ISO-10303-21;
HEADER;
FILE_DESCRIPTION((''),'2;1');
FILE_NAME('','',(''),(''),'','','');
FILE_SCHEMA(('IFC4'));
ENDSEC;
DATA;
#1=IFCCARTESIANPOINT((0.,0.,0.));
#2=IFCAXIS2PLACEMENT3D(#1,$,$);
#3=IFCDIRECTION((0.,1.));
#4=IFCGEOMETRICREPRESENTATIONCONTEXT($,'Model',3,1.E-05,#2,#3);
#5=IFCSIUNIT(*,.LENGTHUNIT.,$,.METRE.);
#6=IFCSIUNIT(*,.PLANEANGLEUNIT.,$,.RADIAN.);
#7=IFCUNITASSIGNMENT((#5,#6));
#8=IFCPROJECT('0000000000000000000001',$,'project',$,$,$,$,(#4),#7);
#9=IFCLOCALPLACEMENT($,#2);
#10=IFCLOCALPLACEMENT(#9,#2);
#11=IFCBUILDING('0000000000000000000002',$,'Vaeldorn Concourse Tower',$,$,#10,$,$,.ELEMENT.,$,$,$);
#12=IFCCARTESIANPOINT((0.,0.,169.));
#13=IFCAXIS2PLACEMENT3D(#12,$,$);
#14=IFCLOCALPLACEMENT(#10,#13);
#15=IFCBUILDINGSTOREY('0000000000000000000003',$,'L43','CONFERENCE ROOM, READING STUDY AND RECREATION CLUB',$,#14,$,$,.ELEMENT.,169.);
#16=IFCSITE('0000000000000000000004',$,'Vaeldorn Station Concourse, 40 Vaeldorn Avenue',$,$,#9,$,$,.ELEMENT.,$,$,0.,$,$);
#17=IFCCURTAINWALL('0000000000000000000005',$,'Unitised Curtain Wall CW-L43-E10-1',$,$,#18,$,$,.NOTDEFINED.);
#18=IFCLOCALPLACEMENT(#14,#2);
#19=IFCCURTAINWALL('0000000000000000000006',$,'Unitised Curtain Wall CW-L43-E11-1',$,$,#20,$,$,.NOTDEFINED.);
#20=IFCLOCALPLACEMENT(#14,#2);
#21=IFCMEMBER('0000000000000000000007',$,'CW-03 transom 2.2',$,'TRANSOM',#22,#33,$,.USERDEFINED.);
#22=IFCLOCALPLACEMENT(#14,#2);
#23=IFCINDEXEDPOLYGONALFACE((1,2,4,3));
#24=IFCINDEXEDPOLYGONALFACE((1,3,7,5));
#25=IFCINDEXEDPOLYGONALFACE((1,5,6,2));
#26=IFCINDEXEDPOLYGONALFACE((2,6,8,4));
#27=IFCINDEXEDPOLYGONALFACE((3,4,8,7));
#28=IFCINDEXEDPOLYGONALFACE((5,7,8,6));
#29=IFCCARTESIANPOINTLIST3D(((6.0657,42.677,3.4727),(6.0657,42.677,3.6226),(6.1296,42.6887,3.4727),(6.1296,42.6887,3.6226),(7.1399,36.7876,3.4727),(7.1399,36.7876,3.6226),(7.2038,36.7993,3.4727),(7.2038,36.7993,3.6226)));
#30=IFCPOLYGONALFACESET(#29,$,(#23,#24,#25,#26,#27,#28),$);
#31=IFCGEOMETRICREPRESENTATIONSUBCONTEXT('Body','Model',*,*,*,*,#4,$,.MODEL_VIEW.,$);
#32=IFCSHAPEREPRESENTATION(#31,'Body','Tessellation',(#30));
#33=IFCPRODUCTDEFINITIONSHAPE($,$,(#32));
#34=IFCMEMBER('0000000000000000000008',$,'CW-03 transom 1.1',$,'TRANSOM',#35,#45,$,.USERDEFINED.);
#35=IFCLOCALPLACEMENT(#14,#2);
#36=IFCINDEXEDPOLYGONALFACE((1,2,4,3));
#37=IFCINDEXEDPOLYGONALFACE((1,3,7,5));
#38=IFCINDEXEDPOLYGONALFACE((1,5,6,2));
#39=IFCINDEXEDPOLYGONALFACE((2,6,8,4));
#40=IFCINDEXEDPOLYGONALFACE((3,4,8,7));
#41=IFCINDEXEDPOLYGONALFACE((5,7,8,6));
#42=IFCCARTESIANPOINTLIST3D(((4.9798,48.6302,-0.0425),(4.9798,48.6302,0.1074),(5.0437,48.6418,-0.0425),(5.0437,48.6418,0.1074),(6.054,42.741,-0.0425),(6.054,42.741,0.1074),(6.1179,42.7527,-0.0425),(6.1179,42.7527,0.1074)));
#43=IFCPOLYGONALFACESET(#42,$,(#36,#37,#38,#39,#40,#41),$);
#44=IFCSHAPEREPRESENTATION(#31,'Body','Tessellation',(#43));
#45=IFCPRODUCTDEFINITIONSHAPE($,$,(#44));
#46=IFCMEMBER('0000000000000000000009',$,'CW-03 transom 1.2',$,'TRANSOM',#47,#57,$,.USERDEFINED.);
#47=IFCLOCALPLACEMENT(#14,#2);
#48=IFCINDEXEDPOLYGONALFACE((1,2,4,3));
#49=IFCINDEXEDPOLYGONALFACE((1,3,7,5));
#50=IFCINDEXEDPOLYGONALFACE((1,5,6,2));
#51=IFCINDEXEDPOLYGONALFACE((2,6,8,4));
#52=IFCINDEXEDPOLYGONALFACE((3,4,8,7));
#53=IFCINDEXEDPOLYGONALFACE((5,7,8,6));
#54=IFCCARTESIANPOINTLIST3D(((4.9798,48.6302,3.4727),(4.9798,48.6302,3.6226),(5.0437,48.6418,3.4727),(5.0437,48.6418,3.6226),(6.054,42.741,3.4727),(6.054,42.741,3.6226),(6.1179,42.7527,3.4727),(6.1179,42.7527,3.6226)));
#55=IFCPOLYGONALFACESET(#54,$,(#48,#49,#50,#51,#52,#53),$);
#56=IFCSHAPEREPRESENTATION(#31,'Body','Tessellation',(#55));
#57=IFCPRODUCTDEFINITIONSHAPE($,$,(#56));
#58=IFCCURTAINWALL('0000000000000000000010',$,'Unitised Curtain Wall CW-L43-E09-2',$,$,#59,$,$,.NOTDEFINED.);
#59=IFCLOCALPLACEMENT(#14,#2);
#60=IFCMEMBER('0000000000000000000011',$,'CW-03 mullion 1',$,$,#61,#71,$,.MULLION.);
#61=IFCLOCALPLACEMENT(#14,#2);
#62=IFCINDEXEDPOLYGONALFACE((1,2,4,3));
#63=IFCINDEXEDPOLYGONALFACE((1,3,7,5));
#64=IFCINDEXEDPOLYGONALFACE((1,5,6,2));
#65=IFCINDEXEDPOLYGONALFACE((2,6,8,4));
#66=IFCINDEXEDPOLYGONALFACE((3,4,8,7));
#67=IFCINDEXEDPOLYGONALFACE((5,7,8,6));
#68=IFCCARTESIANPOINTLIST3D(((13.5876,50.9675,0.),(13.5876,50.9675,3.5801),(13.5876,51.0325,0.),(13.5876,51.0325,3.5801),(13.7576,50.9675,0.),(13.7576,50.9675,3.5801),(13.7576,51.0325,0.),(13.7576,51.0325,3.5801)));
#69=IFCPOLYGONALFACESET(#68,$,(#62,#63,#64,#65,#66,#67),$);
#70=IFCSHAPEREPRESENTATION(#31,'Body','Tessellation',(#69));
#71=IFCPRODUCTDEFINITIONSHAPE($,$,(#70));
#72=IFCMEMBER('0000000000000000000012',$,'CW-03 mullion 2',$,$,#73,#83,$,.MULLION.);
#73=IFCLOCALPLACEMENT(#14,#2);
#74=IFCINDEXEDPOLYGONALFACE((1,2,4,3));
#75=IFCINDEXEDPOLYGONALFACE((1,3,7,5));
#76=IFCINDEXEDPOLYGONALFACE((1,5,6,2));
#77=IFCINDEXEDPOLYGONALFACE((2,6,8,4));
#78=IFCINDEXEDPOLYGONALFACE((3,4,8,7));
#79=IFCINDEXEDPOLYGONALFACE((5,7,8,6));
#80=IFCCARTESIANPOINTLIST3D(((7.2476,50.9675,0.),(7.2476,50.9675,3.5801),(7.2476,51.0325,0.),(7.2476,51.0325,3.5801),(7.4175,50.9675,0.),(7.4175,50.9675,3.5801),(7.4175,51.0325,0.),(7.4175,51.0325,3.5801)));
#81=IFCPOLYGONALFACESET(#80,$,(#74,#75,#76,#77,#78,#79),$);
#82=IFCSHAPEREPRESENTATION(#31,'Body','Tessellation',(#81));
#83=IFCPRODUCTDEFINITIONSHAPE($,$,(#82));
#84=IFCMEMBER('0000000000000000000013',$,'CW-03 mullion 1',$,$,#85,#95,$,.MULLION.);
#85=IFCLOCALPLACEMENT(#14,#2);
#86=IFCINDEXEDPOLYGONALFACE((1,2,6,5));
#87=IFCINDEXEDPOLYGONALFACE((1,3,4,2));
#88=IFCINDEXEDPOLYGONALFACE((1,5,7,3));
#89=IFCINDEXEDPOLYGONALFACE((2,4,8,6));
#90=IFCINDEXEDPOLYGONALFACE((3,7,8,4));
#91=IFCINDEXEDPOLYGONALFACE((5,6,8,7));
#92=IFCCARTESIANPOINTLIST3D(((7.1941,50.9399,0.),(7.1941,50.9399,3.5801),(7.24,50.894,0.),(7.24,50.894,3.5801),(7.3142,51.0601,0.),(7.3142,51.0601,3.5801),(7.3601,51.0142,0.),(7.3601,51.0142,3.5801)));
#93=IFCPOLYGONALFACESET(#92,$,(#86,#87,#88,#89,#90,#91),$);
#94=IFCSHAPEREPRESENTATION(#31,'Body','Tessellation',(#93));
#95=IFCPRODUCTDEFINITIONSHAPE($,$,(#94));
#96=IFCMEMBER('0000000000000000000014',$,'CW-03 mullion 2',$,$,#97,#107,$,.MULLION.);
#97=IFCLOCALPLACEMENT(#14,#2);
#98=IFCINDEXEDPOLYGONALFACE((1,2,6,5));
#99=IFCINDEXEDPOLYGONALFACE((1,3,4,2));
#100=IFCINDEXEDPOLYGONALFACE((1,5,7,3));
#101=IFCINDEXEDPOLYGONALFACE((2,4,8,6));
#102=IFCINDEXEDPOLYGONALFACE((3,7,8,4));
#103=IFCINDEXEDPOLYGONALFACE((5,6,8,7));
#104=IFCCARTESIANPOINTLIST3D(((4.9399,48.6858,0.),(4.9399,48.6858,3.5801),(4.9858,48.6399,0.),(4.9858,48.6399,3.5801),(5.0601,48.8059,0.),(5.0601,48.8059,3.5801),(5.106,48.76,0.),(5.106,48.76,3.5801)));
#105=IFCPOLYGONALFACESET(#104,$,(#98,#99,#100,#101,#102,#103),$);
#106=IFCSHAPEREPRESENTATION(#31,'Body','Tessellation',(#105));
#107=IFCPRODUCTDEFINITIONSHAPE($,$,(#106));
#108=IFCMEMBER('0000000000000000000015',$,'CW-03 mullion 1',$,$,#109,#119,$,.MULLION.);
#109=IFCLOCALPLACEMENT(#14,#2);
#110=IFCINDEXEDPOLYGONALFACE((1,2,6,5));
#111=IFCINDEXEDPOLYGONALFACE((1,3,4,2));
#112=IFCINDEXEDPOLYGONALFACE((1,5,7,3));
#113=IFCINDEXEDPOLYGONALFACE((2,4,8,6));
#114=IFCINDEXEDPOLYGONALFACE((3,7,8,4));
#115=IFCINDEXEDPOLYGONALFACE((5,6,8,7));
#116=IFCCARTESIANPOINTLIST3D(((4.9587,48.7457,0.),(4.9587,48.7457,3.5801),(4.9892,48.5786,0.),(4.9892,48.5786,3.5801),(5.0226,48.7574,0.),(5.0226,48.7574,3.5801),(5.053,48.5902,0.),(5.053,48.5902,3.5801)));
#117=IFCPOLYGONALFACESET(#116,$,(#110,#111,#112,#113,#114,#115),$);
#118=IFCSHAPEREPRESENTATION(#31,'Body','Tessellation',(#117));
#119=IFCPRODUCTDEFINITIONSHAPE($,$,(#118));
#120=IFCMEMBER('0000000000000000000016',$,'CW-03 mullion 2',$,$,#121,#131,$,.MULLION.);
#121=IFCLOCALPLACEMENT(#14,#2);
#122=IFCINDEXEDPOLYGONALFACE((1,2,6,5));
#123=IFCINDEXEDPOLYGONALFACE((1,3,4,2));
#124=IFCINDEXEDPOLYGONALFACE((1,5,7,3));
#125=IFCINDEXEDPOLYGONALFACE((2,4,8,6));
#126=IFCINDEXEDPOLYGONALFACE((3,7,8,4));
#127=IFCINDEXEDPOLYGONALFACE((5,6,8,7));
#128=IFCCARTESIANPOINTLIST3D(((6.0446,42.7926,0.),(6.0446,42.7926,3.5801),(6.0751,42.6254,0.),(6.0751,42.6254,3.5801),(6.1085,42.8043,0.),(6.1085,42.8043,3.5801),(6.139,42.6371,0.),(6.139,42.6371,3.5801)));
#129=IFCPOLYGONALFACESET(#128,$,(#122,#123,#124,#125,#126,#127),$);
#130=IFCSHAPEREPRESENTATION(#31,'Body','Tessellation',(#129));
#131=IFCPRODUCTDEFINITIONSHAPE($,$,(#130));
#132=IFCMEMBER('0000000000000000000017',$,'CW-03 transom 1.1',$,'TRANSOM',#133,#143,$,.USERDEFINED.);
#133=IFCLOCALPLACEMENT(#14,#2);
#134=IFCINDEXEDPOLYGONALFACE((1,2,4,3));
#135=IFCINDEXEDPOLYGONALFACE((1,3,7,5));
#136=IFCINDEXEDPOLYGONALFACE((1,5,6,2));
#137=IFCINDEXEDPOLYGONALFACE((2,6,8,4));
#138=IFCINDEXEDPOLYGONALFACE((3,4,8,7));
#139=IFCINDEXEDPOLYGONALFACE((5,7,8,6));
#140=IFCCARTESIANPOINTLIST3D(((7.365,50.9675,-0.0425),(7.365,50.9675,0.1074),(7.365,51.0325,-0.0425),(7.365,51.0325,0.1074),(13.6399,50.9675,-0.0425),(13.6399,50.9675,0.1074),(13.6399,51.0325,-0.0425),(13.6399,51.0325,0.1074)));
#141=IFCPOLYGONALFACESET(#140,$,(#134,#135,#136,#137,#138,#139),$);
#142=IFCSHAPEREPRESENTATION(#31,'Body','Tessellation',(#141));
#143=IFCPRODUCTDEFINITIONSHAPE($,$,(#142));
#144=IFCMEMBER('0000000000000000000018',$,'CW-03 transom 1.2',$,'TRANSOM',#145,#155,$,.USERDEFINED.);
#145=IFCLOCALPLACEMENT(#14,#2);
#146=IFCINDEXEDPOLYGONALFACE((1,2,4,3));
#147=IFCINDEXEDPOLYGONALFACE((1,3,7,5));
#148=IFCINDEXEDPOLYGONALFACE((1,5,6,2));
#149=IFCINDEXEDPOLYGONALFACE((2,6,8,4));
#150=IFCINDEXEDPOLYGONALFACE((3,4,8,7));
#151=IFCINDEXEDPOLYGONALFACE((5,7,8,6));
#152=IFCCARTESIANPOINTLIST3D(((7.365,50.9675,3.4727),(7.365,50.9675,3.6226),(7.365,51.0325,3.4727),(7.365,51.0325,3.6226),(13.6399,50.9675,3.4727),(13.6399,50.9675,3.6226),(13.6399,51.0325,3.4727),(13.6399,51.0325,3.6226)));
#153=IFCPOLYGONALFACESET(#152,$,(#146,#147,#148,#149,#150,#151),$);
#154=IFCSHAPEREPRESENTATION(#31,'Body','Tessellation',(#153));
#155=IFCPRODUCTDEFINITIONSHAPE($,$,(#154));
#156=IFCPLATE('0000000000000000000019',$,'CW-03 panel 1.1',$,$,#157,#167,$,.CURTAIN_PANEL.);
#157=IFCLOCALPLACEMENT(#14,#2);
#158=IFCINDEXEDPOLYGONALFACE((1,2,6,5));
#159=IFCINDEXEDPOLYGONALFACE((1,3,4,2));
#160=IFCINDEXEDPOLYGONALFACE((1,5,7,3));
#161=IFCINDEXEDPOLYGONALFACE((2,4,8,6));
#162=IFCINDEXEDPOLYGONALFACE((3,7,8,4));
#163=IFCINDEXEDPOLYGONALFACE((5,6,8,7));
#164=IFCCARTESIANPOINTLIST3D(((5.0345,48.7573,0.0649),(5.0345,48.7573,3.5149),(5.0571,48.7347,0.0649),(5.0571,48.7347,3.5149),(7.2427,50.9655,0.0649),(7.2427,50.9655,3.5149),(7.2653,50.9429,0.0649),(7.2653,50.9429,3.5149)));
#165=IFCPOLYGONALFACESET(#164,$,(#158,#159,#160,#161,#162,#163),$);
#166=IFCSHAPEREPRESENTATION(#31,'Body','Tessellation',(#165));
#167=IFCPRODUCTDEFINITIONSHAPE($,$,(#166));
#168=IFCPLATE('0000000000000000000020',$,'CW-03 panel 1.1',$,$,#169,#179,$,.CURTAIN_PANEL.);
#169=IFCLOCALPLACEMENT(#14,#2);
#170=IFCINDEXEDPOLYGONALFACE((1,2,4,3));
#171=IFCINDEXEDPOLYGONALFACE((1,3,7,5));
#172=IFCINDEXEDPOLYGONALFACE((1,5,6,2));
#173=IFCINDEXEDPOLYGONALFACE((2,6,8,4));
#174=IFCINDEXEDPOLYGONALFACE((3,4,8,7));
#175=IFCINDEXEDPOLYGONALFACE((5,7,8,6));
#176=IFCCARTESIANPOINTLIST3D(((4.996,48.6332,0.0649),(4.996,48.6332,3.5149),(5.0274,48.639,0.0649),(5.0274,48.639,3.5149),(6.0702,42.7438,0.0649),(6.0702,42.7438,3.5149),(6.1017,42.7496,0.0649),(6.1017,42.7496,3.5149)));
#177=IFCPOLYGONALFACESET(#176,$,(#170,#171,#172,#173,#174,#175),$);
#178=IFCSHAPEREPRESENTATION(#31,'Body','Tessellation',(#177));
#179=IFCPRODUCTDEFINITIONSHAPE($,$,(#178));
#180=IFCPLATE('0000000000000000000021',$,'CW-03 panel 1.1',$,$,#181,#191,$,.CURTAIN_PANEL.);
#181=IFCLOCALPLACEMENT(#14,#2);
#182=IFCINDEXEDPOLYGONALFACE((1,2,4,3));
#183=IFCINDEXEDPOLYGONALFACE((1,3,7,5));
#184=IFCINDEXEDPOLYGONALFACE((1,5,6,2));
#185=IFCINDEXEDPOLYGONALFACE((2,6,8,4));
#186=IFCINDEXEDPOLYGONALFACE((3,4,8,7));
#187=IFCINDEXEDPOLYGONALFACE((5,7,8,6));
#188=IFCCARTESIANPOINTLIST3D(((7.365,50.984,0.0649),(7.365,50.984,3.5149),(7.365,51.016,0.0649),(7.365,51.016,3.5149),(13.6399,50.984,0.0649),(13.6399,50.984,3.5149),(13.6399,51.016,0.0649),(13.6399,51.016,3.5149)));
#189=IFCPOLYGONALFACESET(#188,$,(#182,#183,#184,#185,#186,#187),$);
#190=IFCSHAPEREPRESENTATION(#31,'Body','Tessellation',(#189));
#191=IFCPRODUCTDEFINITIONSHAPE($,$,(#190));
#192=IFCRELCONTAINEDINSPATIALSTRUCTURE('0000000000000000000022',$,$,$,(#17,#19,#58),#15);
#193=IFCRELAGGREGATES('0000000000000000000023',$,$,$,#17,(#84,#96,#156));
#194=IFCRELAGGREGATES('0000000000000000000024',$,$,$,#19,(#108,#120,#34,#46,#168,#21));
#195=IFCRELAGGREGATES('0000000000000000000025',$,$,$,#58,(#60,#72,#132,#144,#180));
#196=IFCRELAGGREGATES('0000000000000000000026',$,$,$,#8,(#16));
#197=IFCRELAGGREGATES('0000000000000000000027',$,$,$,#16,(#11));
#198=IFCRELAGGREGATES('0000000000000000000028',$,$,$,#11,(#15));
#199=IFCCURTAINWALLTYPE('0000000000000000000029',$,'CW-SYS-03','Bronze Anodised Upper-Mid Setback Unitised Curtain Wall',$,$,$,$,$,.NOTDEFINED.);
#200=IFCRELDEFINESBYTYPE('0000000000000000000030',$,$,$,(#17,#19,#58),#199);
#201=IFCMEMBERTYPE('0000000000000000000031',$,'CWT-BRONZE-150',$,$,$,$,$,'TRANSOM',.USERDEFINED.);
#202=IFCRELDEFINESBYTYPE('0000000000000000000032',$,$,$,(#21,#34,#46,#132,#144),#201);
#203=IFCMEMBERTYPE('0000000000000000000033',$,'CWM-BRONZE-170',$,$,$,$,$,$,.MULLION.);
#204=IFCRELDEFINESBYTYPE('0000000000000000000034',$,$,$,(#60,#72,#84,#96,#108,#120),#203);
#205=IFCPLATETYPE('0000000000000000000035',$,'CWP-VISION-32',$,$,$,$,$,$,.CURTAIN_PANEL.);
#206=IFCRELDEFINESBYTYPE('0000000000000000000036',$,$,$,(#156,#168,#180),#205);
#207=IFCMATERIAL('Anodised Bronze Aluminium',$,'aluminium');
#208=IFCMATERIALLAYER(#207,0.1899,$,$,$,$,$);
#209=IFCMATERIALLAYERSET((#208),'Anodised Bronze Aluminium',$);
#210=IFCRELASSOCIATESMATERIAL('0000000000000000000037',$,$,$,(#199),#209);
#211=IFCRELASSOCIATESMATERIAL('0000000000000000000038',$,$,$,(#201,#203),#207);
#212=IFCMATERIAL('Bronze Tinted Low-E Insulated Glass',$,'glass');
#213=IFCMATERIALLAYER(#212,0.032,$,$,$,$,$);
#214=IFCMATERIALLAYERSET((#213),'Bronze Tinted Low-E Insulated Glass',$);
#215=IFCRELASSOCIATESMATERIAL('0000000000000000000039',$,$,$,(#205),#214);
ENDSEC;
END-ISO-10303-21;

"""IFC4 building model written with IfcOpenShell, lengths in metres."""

from ifc_helpers import new_model, si_unit, direction, frame, origin, origin_2d, place, context, subcontext, project, spatial, rectangle, extrude, source, transform, mapped, material, layer, layer_set, material_profile, profile_set, type_object, element, aggregate, save


model = new_model("IFC4")

# Units and contexts
model_context = context("Model", 3, precision=1e-05, world=origin(), true_north=direction((0.0, 1.0)))
body_context = subcontext(model_context, "Body", "Model", "MODEL_VIEW")
ifc_project = project(units=[si_unit("LENGTHUNIT", "METRE"), si_unit("PLANEANGLEUNIT", "RADIAN")], contexts=[model_context])

# Site, building, storey
site_placement = place(None, origin())
site = spatial("IfcSite", under=ifc_project, at=site_placement, Name="Vaeldorn Station Concourse, 40 Vaeldorn Avenue", CompositionType="ELEMENT", RefElevation=0.0)
building_placement = place(site_placement, origin())
building = spatial("IfcBuilding", under=site, at=building_placement, Name="Vaeldorn Concourse Tower", CompositionType="ELEMENT")
storey_placement = place(building_placement, frame((0.0, 0.0, 169.0)))
storey = spatial("IfcBuildingStorey", under=building, at=storey_placement, Name="L43", Description="CONFERENCE ROOM, READING STUDY AND RECREATION CLUB", CompositionType="ELEMENT", Elevation=169.0)

# Curtain walls, members
ifc_material_1 = material(Name="Anodised Bronze Aluminium", Category="aluminium")
ifc_layer_1 = layer(ifc_material_1, 0.1899)
ifc_layer_set_1 = layer_set([ifc_layer_1], Name="Anodised Bronze Aluminium")
curtain_wall_type = type_object("IfcCurtainWallType", Name="CW-SYS-03", Description="Bronze Anodised Upper-Mid Setback Unitised Curtain Wall", PredefinedType="NOTDEFINED", material=ifc_layer_set_1)
curtain_wall_1_placement = place(storey_placement, origin())
curtain_wall_1 = element("IfcCurtainWall", 1, at=curtain_wall_1_placement, inside=storey, type_object=curtain_wall_type, Name="Unitised Curtain Wall CW-L43-E10-1", PredefinedType="NOTDEFINED")
ifc_material_profile_1 = material_profile(ifc_material_1, rectangle(XDim=0.0649, YDim=0.1499, at=origin_2d()), Name="CWT 65x150")
ifc_profile_set_1 = profile_set([ifc_material_profile_1], Name="Anodised Bronze Aluminium")
member_type_1 = type_object("IfcMemberType", Name="CWT-BRONZE-150", ElementType="TRANSOM", PredefinedType="USERDEFINED", material=ifc_profile_set_1)
curtain_wall_2_placement = place(storey_placement, origin())
curtain_wall_2 = element("IfcCurtainWall", 2, at=curtain_wall_2_placement, inside=storey, type_object=curtain_wall_type, Name="Unitised Curtain Wall CW-L43-E11-1", PredefinedType="NOTDEFINED")
shared_shape_1 = source(origin(), body_context, "Body", "SweptSolid", [
    extrude(rectangle(XDim=0.0649, YDim=0.1499, at=origin_2d()), origin(), (0.0, 0.0, 1.0), 5.9866),
])
member_1_placement = place(storey_placement, frame((6.0977, 42.6829, 3.5476), z_axis=(0.179438, -0.983769, 0.0), x_axis=(0.983769, 0.179438, 0.0)))
member_1 = element("IfcMember", 3, at=member_1_placement, type_object=member_type_1, Name="CW-03 transom 2.2", ObjectType="TRANSOM", PredefinedType="USERDEFINED", context=body_context, shape_type="MappedRepresentation", body=[
    mapped(shared_shape_1, transform((0.0, 0.0, 0.0), scale=1.0)),
])
shared_shape_2 = source(origin(), body_context, "Body", "SweptSolid", [
    extrude(rectangle(XDim=0.0649, YDim=0.1499, at=origin_2d()), origin(), (0.0, 0.0, 1.0), 5.9863),
])
member_2_placement = place(storey_placement, frame((5.0117, 48.636, 0.0325), z_axis=(0.179445, -0.983768, 0.0), x_axis=(0.983768, 0.179445, 0.0)))
member_2 = element("IfcMember", 4, at=member_2_placement, type_object=member_type_1, Name="CW-03 transom 1.1", ObjectType="TRANSOM", PredefinedType="USERDEFINED", context=body_context, shape_type="MappedRepresentation", body=[
    mapped(shared_shape_2, transform((0.0, 0.0, 0.0), scale=1.0)),
])
member_3_placement = place(storey_placement, frame((5.0117, 48.636, 3.5476), z_axis=(0.179445, -0.983768, 0.0), x_axis=(0.983768, 0.179445, 0.0)))
member_3 = element("IfcMember", 5, at=member_3_placement, type_object=member_type_1, Name="CW-03 transom 1.2", ObjectType="TRANSOM", PredefinedType="USERDEFINED", context=body_context, shape_type="MappedRepresentation", body=[
    mapped(shared_shape_2, transform((0.0, 0.0, 0.0), scale=1.0)),
])
curtain_wall_3_placement = place(storey_placement, origin())
curtain_wall_3 = element("IfcCurtainWall", 6, at=curtain_wall_3_placement, inside=storey, type_object=curtain_wall_type, Name="Unitised Curtain Wall CW-L43-E09-2", PredefinedType="NOTDEFINED")
ifc_material_profile_2 = material_profile(ifc_material_1, rectangle(XDim=0.0649, YDim=0.1699, at=origin_2d()), Name="CWM 65x170")
ifc_profile_set_2 = profile_set([ifc_material_profile_2], Name="Anodised Bronze Aluminium")
member_type_2 = type_object("IfcMemberType", Name="CWM-BRONZE-170", PredefinedType="MULLION", material=ifc_profile_set_2)
shared_shape_3 = source(origin(), body_context, "Body", "SweptSolid", [
    extrude(rectangle(XDim=0.0649, YDim=0.1699, at=origin_2d()), origin(), (0.0, 0.0, 1.0), 3.5801),
])
member_4_placement = place(storey_placement, frame((13.6726, 51.0, 0.0), z_axis=(0.0, 0.0, 1.0), x_axis=(0.0, -1.0, 0.0)))
member_4 = element("IfcMember", 7, at=member_4_placement, type_object=member_type_2, Name="CW-03 mullion 1", PredefinedType="MULLION", context=body_context, shape_type="MappedRepresentation", body=[
    mapped(shared_shape_3, transform((0.0, 0.0, 0.0), scale=1.0)),
])
member_5_placement = place(storey_placement, frame((7.3325, 51.0, 0.0), z_axis=(0.0, 0.0, 1.0), x_axis=(0.0, -1.0, 0.0)))
member_5 = element("IfcMember", 8, at=member_5_placement, type_object=member_type_2, Name="CW-03 mullion 2", PredefinedType="MULLION", context=body_context, shape_type="MappedRepresentation", body=[
    mapped(shared_shape_3, transform((0.0, 0.0, 0.0), scale=1.0)),
])

# Members
member_6_placement = place(storey_placement, frame((7.2771, 50.9771, 0.0), z_axis=(0.0, 0.0, 1.0), x_axis=(0.707107, -0.707107, 0.0)))
member_6 = element("IfcMember", 9, at=member_6_placement, type_object=member_type_2, Name="CW-03 mullion 1", PredefinedType="MULLION", context=body_context, shape_type="MappedRepresentation", body=[
    mapped(shared_shape_3, transform((0.0, 0.0, 0.0), scale=1.0)),
])
member_7_placement = place(storey_placement, frame((5.0229, 48.7229, 0.0), z_axis=(0.0, 0.0, 1.0), x_axis=(0.707107, -0.707107, 0.0)))
member_7 = element("IfcMember", 10, at=member_7_placement, type_object=member_type_2, Name="CW-03 mullion 2", PredefinedType="MULLION", context=body_context, shape_type="MappedRepresentation", body=[
    mapped(shared_shape_3, transform((0.0, 0.0, 0.0), scale=1.0)),
])
member_8_placement = place(storey_placement, frame((5.0059, 48.668, 0.0), z_axis=(0.0, 0.0, 1.0), x_axis=(0.983768, 0.179447, 0.0)))
member_8 = element("IfcMember", 11, at=member_8_placement, type_object=member_type_2, Name="CW-03 mullion 1", PredefinedType="MULLION", context=body_context, shape_type="MappedRepresentation", body=[
    mapped(shared_shape_3, transform((0.0, 0.0, 0.0), scale=1.0)),
])
member_9_placement = place(storey_placement, frame((6.0918, 42.7148, 0.0), z_axis=(0.0, 0.0, 1.0), x_axis=(0.983768, 0.179447, 0.0)))
member_9 = element("IfcMember", 12, at=member_9_placement, type_object=member_type_2, Name="CW-03 mullion 2", PredefinedType="MULLION", context=body_context, shape_type="MappedRepresentation", body=[
    mapped(shared_shape_3, transform((0.0, 0.0, 0.0), scale=1.0)),
])
shared_shape_4 = source(origin(), body_context, "Body", "SweptSolid", [
    extrude(rectangle(XDim=0.0649, YDim=0.1499, at=origin_2d()), origin(), (0.0, 0.0, 1.0), 6.2749),
])
member_10_placement = place(storey_placement, frame((13.6399, 51.0, 0.0325), z_axis=(-1.0, 0.0, 0.0), x_axis=(0.0, -1.0, 0.0)))
member_10 = element("IfcMember", 13, at=member_10_placement, type_object=member_type_1, Name="CW-03 transom 1.1", ObjectType="TRANSOM", PredefinedType="USERDEFINED", context=body_context, shape_type="MappedRepresentation", body=[
    mapped(shared_shape_4, transform((0.0, 0.0, 0.0), scale=1.0)),
])
member_11_placement = place(storey_placement, frame((13.6399, 51.0, 3.5476), z_axis=(-1.0, 0.0, 0.0), x_axis=(0.0, -1.0, 0.0)))
member_11 = element("IfcMember", 14, at=member_11_placement, type_object=member_type_1, Name="CW-03 transom 1.2", ObjectType="TRANSOM", PredefinedType="USERDEFINED", context=body_context, shape_type="MappedRepresentation", body=[
    mapped(shared_shape_4, transform((0.0, 0.0, 0.0), scale=1.0)),
])

# Plates
ifc_material_2 = material(Name="Bronze Tinted Low-E Insulated Glass", Category="glass")
ifc_layer_2 = layer(ifc_material_2, 0.032)
ifc_layer_set_2 = layer_set([ifc_layer_2], Name="Bronze Tinted Low-E Insulated Glass")
plate_type = type_object("IfcPlateType", Name="CWP-VISION-32", PredefinedType="CURTAIN_PANEL", material=ifc_layer_set_2)
shared_shape_5 = source(origin(), body_context, "Body", "SweptSolid", [
    extrude(rectangle(XDim=3.1228, YDim=0.032, at=origin_2d()), origin(), (0.0, 0.0, 1.0), 3.45),
])
plate_1_placement = place(storey_placement, frame((6.1499, 49.8501, 0.0649), z_axis=(0.0, 0.0, 1.0), x_axis=(-0.707107, -0.707107, 0.0)))
plate_1 = element("IfcPlate", 15, at=plate_1_placement, type_object=plate_type, Name="CW-03 panel 1.1", PredefinedType="CURTAIN_PANEL", context=body_context, shape_type="MappedRepresentation", body=[
    mapped(shared_shape_5, transform((0.0, 0.0, 0.0), scale=1.0)),
])
aggregate(curtain_wall_1, [member_6, member_7, plate_1])
shared_shape_6 = source(origin(), body_context, "Body", "SweptSolid", [
    extrude(rectangle(XDim=5.9866, YDim=0.032, at=origin_2d()), origin(), (0.0, 0.0, 1.0), 3.45),
])
plate_2_placement = place(storey_placement, frame((5.5488, 45.6914, 0.0649), z_axis=(0.0, 0.0, 1.0), x_axis=(0.179447, -0.983768, 0.0)))
plate_2 = element("IfcPlate", 16, at=plate_2_placement, type_object=plate_type, Name="CW-03 panel 1.1", PredefinedType="CURTAIN_PANEL", context=body_context, shape_type="MappedRepresentation", body=[
    mapped(shared_shape_6, transform((0.0, 0.0, 0.0), scale=1.0)),
])
aggregate(curtain_wall_2, [member_8, member_9, member_2, member_3, plate_2, member_1])
shared_shape_7 = source(origin(), body_context, "Body", "SweptSolid", [
    extrude(rectangle(XDim=6.2749, YDim=0.032, at=origin_2d()), origin(), (0.0, 0.0, 1.0), 3.45),
])
plate_3_placement = place(storey_placement, frame((10.5024, 51.0, 0.0649), z_axis=(0.0, 0.0, 1.0), x_axis=(-1.0, 0.0, 0.0)))
plate_3 = element("IfcPlate", 17, at=plate_3_placement, type_object=plate_type, Name="CW-03 panel 1.1", PredefinedType="CURTAIN_PANEL", context=body_context, shape_type="MappedRepresentation", body=[
    mapped(shared_shape_7, transform((0.0, 0.0, 0.0), scale=1.0)),
])
aggregate(curtain_wall_3, [member_4, member_5, member_10, member_11, plate_3])

save(model, "model.ifc")
